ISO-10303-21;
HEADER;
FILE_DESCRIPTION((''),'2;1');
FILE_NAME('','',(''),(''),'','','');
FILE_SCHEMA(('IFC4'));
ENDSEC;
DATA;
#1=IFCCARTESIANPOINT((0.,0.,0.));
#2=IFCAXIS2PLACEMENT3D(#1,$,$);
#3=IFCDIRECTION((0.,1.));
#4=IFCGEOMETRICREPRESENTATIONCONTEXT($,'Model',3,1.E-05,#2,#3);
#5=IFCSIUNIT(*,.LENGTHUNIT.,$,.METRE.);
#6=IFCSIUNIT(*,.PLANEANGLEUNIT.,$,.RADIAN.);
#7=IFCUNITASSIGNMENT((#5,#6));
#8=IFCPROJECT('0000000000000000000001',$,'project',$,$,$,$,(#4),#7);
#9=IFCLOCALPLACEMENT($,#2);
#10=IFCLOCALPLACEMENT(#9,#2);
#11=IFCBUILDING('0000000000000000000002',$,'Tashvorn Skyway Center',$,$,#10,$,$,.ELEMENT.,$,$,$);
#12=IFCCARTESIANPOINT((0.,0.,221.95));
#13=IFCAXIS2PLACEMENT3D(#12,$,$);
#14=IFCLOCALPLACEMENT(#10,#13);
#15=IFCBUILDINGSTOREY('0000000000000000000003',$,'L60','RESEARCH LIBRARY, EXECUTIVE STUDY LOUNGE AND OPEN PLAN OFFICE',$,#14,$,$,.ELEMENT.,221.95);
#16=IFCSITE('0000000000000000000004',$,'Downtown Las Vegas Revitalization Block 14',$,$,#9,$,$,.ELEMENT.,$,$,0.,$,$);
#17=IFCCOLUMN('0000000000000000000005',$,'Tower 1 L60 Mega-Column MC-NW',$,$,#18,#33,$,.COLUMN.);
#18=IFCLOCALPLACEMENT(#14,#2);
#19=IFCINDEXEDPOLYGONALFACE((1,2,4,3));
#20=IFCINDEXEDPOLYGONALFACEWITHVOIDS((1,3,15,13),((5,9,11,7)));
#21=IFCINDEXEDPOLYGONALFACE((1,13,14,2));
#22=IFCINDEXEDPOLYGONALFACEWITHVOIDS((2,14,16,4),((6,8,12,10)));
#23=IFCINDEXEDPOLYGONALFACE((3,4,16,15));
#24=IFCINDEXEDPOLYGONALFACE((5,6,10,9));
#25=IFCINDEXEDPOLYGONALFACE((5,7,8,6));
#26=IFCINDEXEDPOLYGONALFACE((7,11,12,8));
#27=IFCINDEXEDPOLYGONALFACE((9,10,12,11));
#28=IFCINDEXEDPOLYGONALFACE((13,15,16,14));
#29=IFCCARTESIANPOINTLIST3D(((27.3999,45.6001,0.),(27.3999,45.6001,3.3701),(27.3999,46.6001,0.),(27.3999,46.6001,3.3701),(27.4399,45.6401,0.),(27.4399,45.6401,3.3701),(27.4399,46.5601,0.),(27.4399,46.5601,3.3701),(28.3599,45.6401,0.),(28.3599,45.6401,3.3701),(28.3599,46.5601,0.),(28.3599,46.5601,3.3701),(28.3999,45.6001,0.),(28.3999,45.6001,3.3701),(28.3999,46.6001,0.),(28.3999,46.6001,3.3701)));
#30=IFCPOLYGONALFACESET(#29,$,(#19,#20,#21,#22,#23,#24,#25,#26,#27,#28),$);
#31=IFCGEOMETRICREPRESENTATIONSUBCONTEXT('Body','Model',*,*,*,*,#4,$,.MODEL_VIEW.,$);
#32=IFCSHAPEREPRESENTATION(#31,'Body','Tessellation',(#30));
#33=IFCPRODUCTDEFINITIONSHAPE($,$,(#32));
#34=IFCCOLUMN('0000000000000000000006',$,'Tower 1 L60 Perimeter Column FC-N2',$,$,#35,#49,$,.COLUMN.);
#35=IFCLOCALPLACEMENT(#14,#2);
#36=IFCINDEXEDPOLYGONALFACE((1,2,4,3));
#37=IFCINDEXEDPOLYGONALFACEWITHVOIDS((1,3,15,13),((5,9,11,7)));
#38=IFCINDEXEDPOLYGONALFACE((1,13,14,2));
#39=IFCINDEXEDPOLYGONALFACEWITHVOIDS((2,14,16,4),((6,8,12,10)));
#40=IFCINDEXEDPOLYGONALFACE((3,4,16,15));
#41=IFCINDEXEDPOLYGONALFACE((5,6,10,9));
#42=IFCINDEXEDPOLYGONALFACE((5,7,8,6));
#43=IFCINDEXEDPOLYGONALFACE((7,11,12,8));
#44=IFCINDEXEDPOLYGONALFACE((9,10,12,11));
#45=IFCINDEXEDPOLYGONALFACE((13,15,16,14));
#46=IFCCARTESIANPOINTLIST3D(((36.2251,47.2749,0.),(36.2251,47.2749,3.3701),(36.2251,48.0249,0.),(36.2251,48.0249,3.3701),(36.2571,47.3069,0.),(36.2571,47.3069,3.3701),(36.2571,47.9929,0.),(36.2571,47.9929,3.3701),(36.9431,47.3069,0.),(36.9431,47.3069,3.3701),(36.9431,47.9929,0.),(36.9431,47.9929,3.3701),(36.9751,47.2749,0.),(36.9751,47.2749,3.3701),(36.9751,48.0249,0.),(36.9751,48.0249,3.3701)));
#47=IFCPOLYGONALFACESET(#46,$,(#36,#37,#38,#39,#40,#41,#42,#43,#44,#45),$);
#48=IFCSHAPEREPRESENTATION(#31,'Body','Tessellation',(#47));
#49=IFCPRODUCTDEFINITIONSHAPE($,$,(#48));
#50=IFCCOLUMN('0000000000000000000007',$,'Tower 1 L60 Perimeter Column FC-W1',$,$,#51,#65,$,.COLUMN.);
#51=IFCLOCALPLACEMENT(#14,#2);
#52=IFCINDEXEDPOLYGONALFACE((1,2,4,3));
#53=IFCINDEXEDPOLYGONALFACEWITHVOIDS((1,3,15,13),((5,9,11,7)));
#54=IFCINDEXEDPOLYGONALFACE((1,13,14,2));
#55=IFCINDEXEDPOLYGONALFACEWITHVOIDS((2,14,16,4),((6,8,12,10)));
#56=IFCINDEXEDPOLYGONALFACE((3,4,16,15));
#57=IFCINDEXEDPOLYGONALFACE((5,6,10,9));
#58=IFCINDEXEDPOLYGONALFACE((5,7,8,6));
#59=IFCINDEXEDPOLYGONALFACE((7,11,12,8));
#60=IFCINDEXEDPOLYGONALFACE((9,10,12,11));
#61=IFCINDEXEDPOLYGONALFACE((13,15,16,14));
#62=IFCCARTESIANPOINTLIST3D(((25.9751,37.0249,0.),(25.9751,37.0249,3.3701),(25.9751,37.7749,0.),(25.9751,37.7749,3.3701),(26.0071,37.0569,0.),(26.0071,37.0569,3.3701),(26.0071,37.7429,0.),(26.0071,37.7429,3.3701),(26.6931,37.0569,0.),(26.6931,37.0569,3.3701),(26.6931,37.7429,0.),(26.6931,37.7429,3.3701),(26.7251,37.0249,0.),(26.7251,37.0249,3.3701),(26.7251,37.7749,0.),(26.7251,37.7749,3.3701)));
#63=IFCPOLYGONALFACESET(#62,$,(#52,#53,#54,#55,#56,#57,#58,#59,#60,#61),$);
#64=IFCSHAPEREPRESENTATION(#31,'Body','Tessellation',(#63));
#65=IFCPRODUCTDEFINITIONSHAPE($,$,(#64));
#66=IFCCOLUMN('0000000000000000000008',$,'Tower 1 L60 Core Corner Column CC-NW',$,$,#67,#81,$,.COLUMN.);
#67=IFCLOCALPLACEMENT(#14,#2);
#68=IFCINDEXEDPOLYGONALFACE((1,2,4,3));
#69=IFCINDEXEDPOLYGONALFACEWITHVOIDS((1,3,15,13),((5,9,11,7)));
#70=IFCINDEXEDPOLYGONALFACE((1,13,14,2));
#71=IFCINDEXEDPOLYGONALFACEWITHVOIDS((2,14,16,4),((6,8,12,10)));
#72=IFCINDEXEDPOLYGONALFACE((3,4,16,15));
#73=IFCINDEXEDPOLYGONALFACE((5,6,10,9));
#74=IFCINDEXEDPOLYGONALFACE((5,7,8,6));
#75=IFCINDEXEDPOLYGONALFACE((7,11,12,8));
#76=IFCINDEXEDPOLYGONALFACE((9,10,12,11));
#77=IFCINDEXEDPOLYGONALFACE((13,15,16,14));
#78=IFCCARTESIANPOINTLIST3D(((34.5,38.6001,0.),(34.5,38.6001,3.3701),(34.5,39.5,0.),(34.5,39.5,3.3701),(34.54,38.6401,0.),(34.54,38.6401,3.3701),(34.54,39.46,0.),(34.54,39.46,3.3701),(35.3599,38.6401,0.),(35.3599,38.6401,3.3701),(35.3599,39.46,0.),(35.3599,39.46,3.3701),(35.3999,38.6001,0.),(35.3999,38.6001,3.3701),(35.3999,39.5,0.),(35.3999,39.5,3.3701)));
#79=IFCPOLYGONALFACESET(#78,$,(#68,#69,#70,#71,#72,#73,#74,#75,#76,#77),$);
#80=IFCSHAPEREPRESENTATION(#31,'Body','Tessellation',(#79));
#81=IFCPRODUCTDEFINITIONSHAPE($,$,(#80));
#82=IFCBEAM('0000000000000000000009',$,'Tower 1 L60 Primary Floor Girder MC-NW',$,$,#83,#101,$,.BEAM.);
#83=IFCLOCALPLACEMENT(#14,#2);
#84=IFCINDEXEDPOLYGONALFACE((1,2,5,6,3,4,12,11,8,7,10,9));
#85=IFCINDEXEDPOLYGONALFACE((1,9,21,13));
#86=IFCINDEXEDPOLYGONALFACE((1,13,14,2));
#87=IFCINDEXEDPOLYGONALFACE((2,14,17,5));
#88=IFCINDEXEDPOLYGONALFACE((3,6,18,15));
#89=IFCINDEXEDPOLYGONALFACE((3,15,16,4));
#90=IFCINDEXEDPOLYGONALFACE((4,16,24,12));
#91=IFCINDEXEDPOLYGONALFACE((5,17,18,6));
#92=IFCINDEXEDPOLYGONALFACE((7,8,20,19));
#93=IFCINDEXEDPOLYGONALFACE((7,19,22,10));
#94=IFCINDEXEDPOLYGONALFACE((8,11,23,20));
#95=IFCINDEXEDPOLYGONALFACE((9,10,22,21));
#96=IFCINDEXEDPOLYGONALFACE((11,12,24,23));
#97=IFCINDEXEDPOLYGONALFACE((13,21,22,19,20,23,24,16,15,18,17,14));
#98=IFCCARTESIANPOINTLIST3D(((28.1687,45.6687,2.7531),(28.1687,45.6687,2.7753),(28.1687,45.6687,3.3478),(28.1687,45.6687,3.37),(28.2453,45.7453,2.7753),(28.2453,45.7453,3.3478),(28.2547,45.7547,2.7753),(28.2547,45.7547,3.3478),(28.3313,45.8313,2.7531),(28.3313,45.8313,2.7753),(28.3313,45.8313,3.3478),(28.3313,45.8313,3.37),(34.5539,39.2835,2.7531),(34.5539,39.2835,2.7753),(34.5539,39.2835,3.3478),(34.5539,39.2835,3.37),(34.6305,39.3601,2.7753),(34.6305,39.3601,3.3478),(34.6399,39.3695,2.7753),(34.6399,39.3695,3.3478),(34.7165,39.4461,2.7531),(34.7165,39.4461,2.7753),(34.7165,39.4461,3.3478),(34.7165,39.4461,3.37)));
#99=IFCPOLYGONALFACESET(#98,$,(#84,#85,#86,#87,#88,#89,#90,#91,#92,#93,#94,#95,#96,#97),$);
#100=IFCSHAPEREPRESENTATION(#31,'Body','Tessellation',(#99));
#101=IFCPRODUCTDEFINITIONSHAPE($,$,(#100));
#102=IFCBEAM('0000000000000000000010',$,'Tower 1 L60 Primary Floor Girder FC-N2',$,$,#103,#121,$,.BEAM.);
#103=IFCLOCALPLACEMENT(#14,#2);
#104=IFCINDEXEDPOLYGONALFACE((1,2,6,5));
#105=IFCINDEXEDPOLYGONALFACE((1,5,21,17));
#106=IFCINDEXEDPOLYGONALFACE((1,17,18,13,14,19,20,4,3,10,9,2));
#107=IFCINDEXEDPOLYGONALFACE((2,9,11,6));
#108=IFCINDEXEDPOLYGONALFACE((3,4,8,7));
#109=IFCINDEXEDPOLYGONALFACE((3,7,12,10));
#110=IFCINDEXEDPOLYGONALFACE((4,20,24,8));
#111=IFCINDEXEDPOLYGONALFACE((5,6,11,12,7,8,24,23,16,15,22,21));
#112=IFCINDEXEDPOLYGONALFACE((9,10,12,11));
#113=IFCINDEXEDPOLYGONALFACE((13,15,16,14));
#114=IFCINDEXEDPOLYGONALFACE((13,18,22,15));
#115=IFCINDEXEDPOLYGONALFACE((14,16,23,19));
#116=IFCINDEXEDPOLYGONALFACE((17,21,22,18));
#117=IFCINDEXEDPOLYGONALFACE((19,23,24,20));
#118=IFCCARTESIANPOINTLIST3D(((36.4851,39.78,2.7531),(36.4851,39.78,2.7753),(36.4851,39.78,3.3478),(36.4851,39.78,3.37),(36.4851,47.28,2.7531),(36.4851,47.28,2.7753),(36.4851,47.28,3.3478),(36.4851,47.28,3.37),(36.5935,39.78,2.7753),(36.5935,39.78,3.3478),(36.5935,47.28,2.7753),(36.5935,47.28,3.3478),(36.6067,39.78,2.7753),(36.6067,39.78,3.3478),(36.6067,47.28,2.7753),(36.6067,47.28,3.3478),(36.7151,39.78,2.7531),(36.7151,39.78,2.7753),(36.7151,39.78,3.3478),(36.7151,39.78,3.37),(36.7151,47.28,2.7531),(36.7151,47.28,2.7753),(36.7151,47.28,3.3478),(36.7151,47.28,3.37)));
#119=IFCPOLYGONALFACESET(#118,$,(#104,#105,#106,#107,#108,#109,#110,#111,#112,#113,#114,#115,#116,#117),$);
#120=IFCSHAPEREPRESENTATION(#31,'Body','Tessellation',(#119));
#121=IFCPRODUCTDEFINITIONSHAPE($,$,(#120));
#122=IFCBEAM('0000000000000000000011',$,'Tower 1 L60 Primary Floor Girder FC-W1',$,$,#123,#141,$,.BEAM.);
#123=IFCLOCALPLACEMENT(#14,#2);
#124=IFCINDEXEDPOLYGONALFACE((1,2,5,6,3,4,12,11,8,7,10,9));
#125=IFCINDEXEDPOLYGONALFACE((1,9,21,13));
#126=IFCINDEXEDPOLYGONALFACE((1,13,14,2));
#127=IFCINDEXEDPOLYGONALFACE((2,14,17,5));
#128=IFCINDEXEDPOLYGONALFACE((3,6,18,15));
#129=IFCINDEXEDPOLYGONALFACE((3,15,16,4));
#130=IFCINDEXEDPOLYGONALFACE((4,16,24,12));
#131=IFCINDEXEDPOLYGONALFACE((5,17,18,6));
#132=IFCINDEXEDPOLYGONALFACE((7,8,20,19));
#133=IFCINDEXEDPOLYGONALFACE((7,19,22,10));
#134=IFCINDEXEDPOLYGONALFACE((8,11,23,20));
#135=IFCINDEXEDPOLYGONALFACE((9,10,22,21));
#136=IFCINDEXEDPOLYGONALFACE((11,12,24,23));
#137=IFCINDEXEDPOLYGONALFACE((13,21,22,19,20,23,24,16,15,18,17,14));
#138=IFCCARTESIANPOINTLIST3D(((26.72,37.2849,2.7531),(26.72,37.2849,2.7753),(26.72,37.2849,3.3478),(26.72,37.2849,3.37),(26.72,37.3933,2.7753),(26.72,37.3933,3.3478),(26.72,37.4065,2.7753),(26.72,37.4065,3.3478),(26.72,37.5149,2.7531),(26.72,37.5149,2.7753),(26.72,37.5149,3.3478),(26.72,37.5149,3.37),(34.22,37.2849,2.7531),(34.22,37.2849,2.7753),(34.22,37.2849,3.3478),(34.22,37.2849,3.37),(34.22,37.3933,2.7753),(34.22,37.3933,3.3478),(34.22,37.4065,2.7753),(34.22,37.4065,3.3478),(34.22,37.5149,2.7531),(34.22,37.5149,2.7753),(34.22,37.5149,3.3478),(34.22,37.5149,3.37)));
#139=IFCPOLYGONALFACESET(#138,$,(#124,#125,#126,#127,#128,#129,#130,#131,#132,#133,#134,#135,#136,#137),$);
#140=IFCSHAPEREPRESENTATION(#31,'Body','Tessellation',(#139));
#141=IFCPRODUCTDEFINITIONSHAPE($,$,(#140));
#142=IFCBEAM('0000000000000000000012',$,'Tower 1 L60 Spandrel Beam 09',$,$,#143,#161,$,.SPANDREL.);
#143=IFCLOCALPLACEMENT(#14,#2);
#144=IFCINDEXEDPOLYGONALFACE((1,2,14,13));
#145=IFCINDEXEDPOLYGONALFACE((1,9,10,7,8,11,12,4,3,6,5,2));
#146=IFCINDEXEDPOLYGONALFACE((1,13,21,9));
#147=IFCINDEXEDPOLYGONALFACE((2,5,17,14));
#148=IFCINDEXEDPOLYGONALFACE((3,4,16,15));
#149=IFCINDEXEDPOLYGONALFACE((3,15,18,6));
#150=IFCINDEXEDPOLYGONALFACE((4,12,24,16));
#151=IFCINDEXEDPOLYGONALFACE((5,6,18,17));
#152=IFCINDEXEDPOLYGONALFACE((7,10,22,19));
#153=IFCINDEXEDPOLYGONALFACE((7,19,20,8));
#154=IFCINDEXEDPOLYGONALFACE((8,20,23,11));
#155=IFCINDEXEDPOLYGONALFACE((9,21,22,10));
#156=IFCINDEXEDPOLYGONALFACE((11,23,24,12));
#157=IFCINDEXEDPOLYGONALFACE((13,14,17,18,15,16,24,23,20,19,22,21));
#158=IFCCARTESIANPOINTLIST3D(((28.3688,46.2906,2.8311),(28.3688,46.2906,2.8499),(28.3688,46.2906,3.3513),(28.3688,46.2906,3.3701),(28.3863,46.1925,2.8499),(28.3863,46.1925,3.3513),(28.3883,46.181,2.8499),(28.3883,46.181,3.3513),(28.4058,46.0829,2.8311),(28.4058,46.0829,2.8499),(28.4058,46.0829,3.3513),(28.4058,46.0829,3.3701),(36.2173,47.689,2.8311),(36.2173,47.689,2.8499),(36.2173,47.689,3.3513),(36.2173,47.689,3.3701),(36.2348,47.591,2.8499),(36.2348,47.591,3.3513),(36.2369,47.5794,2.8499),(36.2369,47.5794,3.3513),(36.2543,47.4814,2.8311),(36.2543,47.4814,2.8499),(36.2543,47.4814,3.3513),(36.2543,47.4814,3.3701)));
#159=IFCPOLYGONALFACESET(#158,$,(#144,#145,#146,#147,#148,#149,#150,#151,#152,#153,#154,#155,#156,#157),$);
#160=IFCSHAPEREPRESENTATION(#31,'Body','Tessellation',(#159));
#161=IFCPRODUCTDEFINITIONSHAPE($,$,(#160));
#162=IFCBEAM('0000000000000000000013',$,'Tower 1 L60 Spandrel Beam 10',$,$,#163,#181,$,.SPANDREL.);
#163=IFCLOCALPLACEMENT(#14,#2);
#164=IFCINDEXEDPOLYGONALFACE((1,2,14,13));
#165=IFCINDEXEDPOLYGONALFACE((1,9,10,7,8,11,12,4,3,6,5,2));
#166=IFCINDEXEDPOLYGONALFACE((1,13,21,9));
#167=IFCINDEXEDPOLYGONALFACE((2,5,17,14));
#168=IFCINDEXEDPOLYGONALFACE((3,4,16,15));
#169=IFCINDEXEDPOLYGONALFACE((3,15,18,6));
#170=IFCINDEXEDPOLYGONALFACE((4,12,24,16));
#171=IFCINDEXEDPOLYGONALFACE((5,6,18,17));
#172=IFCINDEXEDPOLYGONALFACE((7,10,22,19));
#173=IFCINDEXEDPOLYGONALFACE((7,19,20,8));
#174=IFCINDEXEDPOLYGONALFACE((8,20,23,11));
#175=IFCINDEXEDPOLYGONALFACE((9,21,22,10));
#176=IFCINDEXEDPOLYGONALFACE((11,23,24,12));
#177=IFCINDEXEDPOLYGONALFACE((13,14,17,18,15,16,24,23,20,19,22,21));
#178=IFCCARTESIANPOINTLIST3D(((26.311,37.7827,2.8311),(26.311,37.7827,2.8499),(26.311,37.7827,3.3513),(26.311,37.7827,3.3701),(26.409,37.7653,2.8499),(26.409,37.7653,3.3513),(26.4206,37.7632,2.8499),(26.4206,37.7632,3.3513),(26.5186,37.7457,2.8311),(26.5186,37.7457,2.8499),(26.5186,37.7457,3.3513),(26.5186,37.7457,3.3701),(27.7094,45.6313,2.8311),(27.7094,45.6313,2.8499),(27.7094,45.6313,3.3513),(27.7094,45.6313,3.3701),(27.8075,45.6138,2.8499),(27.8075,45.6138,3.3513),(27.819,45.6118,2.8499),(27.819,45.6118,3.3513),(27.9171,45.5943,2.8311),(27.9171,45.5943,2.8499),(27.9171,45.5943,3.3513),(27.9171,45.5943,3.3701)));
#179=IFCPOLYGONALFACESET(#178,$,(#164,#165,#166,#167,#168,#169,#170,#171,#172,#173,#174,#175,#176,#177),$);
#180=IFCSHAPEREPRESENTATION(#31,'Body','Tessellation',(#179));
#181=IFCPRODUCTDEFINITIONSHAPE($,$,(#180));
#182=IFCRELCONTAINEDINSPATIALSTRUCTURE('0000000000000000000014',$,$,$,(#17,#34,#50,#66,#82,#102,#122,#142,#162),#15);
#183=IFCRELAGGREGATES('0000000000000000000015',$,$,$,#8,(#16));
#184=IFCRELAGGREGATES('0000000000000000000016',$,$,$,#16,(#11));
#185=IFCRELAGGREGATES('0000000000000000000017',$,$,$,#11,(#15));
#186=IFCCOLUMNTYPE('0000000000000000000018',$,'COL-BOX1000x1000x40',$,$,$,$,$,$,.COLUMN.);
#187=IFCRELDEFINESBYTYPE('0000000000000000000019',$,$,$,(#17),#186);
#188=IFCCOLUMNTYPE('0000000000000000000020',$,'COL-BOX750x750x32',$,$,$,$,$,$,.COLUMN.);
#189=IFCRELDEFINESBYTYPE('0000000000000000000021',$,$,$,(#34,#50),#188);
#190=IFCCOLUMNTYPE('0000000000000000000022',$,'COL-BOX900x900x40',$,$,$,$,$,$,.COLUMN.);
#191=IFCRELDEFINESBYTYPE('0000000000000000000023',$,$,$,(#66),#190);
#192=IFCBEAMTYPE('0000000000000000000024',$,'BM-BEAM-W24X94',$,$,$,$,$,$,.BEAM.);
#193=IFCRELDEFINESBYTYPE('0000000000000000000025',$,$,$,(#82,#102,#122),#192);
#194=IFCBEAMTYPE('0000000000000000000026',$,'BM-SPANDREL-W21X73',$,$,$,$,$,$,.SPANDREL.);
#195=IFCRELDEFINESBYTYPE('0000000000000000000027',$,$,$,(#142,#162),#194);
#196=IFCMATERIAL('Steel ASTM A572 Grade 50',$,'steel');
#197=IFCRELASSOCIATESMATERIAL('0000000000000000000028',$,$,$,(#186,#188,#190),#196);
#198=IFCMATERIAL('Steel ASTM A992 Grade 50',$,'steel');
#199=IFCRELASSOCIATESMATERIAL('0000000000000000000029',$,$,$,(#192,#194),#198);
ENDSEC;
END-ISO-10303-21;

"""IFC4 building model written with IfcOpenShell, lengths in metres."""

from ifc_helpers import new_model, si_unit, direction, frame, origin, origin_2d, place, context, subcontext, project, spatial, hollow_rectangle, i_section, extrude, material, material_profile, profile_set, type_object, element, save


model = new_model("IFC4")

# Units and contexts
model_context = context("Model", 3, precision=1e-05, world=origin(), true_north=direction((0.0, 1.0)))
body_context = subcontext(model_context, "Body", "Model", "MODEL_VIEW")
ifc_project = project(units=[si_unit("LENGTHUNIT", "METRE"), si_unit("PLANEANGLEUNIT", "RADIAN")], contexts=[model_context])

# Site, building, storey
site_placement = place(None, origin())
site = spatial("IfcSite", under=ifc_project, at=site_placement, Name="Downtown Las Vegas Revitalization Block 14", CompositionType="ELEMENT", RefElevation=0.0)
building_placement = place(site_placement, origin())
building = spatial("IfcBuilding", under=site, at=building_placement, Name="Tashvorn Skyway Center", CompositionType="ELEMENT")
storey_placement = place(building_placement, frame((0.0, 0.0, 221.95)))
storey = spatial("IfcBuildingStorey", under=building, at=storey_placement, Name="L60", Description="RESEARCH LIBRARY, EXECUTIVE STUDY LOUNGE AND OPEN PLAN OFFICE", CompositionType="ELEMENT", Elevation=221.95)

# Columns
ifc_material_1 = material(Name="Steel ASTM A572 Grade 50", Category="steel")
ifc_material_profile_1 = material_profile(ifc_material_1, hollow_rectangle(XDim=1.0, YDim=1.0, WallThickness=0.04, at=origin_2d()), Name="BOX1000x1000x40")
ifc_profile_set_1 = profile_set([ifc_material_profile_1], Name="Steel ASTM A572 Grade 50")
column_type_1 = type_object("IfcColumnType", Name="COL-BOX1000x1000x40", PredefinedType="COLUMN", material=ifc_profile_set_1)
column_1_placement = place(storey_placement, frame((27.8999, 46.1001, 0.0), z_axis=(0.0, 0.0, 1.0), x_axis=(1.0, 0.0, 0.0)))
element("IfcColumn", 1, at=column_1_placement, inside=storey, type_object=column_type_1, Name="Tower 1 L60 Mega-Column MC-NW", PredefinedType="COLUMN", context=body_context, shape_type="SweptSolid", body=[
    extrude(hollow_rectangle(XDim=1.0, YDim=1.0, WallThickness=0.04, at=origin_2d()), origin(), (0.0, 0.0, 1.0), 3.3701),
])
ifc_material_profile_2 = material_profile(ifc_material_1, hollow_rectangle(XDim=0.75, YDim=0.75, WallThickness=0.032, at=origin_2d()), Name="BOX750x750x32")
ifc_profile_set_2 = profile_set([ifc_material_profile_2], Name="Steel ASTM A572 Grade 50")
column_type_2 = type_object("IfcColumnType", Name="COL-BOX750x750x32", PredefinedType="COLUMN", material=ifc_profile_set_2)
for number, where, z_axis, x_axis, name in (
    (2, (36.6001, 47.6499, 0.0), (0.0, 0.0, 1.0), (1.0, 0.0, 0.0), "Tower 1 L60 Perimeter Column FC-N2"),
    (3, (26.3501, 37.3999, 0.0), (0.0, 0.0, 1.0), (1.0, 0.0, 0.0), "Tower 1 L60 Perimeter Column FC-W1"),
):
    element("IfcColumn", number, at=place(storey_placement, frame(where, z_axis=z_axis, x_axis=x_axis)), inside=storey, type_object=column_type_2, Name=name, PredefinedType="COLUMN", context=body_context, shape_type="SweptSolid", body=[
        extrude(hollow_rectangle(XDim=0.75, YDim=0.75, WallThickness=0.032, at=origin_2d()), origin(), (0.0, 0.0, 1.0), 3.3701),
    ])
ifc_material_profile_3 = material_profile(ifc_material_1, hollow_rectangle(XDim=0.8999, YDim=0.8999, WallThickness=0.04, at=origin_2d()), Name="BOX900x900x40")
ifc_profile_set_3 = profile_set([ifc_material_profile_3], Name="Steel ASTM A572 Grade 50")
column_type_3 = type_object("IfcColumnType", Name="COL-BOX900x900x40", PredefinedType="COLUMN", material=ifc_profile_set_3)
column_2_placement = place(storey_placement, frame((34.95, 39.05, 0.0), z_axis=(0.0, 0.0, 1.0), x_axis=(1.0, 0.0, 0.0)))
element("IfcColumn", 4, at=column_2_placement, inside=storey, type_object=column_type_3, Name="Tower 1 L60 Core Corner Column CC-NW", PredefinedType="COLUMN", context=body_context, shape_type="SweptSolid", body=[
    extrude(hollow_rectangle(XDim=0.8999, YDim=0.8999, WallThickness=0.04, at=origin_2d()), origin(), (0.0, 0.0, 1.0), 3.3701),
])

# Beams
ifc_material_2 = material(Name="Steel ASTM A992 Grade 50", Category="steel")
ifc_material_profile_4 = material_profile(ifc_material_2, i_section(OverallWidth=0.23, OverallDepth=0.6169, WebThickness=0.0132, FlangeThickness=0.0222, at=origin_2d()), Name="W24X94")
ifc_profile_set_4 = profile_set([ifc_material_profile_4], Name="Steel ASTM A992 Grade 50")
beam_type_1 = type_object("IfcBeamType", Name="BM-BEAM-W24X94", PredefinedType="BEAM", material=ifc_profile_set_4)
beam_1_placement = place(storey_placement, frame((28.25, 45.75, 3.0615), z_axis=(0.707107, -0.707107, 0.0), x_axis=(0.707107, 0.707107, 0.0)))
element("IfcBeam", 5, at=beam_1_placement, inside=storey, type_object=beam_type_1, Name="Tower 1 L60 Primary Floor Girder MC-NW", PredefinedType="BEAM", context=body_context, shape_type="SweptSolid", body=[
    extrude(i_section(OverallWidth=0.23, OverallDepth=0.6169, WebThickness=0.0132, FlangeThickness=0.0222, at=origin_2d()), origin(), (0.0, 0.0, 1.0), 9.03),
])
for number, where, z_axis, x_axis, name in (
    (6, (36.6001, 47.28, 3.0615), (0.0, -1.0, 0.0), (1.0, 0.0, 0.0), "Tower 1 L60 Primary Floor Girder FC-N2"),
    (7, (26.72, 37.3999, 3.0615), (1.0, 0.0, 0.0), (0.0, 1.0, 0.0), "Tower 1 L60 Primary Floor Girder FC-W1"),
):
    element("IfcBeam", number, at=place(storey_placement, frame(where, z_axis=z_axis, x_axis=x_axis)), inside=storey, type_object=beam_type_1, Name=name, PredefinedType="BEAM", context=body_context, shape_type="SweptSolid", body=[
        extrude(i_section(OverallWidth=0.23, OverallDepth=0.6169, WebThickness=0.0132, FlangeThickness=0.0222, at=origin_2d()), origin(), (0.0, 0.0, 1.0), 7.5),
    ])
ifc_material_profile_5 = material_profile(ifc_material_2, i_section(OverallWidth=0.2109, OverallDepth=0.5391, WebThickness=0.0117, FlangeThickness=0.0188, at=origin_2d()), Name="W21X73")
ifc_profile_set_5 = profile_set([ifc_material_profile_5], Name="Steel ASTM A992 Grade 50")
beam_type_2 = type_object("IfcBeamType", Name="BM-SPANDREL-W21X73", PredefinedType="SPANDREL", material=ifc_profile_set_5)
for number, where, z_axis, x_axis, name in (
    (8, (36.2358, 47.5852, 3.1006), (-0.984495, -0.175413, 0.0), (0.175413, -0.984495, 0.0), "Tower 1 L60 Spandrel Beam 09"),
    (9, (27.8132, 45.6128, 3.1006), (-0.175413, -0.984495, 0.0), (0.984495, -0.175413, 0.0), "Tower 1 L60 Spandrel Beam 10"),
):
    element("IfcBeam", number, at=place(storey_placement, frame(where, z_axis=z_axis, x_axis=x_axis)), inside=storey, type_object=beam_type_2, Name=name, PredefinedType="SPANDREL", context=body_context, shape_type="SweptSolid", body=[
        extrude(i_section(OverallWidth=0.2109, OverallDepth=0.5391, WebThickness=0.0117, FlangeThickness=0.0188, at=origin_2d()), origin(), (0.0, 0.0, 1.0), 7.9722),
    ])

save(model, "model.ifc")
